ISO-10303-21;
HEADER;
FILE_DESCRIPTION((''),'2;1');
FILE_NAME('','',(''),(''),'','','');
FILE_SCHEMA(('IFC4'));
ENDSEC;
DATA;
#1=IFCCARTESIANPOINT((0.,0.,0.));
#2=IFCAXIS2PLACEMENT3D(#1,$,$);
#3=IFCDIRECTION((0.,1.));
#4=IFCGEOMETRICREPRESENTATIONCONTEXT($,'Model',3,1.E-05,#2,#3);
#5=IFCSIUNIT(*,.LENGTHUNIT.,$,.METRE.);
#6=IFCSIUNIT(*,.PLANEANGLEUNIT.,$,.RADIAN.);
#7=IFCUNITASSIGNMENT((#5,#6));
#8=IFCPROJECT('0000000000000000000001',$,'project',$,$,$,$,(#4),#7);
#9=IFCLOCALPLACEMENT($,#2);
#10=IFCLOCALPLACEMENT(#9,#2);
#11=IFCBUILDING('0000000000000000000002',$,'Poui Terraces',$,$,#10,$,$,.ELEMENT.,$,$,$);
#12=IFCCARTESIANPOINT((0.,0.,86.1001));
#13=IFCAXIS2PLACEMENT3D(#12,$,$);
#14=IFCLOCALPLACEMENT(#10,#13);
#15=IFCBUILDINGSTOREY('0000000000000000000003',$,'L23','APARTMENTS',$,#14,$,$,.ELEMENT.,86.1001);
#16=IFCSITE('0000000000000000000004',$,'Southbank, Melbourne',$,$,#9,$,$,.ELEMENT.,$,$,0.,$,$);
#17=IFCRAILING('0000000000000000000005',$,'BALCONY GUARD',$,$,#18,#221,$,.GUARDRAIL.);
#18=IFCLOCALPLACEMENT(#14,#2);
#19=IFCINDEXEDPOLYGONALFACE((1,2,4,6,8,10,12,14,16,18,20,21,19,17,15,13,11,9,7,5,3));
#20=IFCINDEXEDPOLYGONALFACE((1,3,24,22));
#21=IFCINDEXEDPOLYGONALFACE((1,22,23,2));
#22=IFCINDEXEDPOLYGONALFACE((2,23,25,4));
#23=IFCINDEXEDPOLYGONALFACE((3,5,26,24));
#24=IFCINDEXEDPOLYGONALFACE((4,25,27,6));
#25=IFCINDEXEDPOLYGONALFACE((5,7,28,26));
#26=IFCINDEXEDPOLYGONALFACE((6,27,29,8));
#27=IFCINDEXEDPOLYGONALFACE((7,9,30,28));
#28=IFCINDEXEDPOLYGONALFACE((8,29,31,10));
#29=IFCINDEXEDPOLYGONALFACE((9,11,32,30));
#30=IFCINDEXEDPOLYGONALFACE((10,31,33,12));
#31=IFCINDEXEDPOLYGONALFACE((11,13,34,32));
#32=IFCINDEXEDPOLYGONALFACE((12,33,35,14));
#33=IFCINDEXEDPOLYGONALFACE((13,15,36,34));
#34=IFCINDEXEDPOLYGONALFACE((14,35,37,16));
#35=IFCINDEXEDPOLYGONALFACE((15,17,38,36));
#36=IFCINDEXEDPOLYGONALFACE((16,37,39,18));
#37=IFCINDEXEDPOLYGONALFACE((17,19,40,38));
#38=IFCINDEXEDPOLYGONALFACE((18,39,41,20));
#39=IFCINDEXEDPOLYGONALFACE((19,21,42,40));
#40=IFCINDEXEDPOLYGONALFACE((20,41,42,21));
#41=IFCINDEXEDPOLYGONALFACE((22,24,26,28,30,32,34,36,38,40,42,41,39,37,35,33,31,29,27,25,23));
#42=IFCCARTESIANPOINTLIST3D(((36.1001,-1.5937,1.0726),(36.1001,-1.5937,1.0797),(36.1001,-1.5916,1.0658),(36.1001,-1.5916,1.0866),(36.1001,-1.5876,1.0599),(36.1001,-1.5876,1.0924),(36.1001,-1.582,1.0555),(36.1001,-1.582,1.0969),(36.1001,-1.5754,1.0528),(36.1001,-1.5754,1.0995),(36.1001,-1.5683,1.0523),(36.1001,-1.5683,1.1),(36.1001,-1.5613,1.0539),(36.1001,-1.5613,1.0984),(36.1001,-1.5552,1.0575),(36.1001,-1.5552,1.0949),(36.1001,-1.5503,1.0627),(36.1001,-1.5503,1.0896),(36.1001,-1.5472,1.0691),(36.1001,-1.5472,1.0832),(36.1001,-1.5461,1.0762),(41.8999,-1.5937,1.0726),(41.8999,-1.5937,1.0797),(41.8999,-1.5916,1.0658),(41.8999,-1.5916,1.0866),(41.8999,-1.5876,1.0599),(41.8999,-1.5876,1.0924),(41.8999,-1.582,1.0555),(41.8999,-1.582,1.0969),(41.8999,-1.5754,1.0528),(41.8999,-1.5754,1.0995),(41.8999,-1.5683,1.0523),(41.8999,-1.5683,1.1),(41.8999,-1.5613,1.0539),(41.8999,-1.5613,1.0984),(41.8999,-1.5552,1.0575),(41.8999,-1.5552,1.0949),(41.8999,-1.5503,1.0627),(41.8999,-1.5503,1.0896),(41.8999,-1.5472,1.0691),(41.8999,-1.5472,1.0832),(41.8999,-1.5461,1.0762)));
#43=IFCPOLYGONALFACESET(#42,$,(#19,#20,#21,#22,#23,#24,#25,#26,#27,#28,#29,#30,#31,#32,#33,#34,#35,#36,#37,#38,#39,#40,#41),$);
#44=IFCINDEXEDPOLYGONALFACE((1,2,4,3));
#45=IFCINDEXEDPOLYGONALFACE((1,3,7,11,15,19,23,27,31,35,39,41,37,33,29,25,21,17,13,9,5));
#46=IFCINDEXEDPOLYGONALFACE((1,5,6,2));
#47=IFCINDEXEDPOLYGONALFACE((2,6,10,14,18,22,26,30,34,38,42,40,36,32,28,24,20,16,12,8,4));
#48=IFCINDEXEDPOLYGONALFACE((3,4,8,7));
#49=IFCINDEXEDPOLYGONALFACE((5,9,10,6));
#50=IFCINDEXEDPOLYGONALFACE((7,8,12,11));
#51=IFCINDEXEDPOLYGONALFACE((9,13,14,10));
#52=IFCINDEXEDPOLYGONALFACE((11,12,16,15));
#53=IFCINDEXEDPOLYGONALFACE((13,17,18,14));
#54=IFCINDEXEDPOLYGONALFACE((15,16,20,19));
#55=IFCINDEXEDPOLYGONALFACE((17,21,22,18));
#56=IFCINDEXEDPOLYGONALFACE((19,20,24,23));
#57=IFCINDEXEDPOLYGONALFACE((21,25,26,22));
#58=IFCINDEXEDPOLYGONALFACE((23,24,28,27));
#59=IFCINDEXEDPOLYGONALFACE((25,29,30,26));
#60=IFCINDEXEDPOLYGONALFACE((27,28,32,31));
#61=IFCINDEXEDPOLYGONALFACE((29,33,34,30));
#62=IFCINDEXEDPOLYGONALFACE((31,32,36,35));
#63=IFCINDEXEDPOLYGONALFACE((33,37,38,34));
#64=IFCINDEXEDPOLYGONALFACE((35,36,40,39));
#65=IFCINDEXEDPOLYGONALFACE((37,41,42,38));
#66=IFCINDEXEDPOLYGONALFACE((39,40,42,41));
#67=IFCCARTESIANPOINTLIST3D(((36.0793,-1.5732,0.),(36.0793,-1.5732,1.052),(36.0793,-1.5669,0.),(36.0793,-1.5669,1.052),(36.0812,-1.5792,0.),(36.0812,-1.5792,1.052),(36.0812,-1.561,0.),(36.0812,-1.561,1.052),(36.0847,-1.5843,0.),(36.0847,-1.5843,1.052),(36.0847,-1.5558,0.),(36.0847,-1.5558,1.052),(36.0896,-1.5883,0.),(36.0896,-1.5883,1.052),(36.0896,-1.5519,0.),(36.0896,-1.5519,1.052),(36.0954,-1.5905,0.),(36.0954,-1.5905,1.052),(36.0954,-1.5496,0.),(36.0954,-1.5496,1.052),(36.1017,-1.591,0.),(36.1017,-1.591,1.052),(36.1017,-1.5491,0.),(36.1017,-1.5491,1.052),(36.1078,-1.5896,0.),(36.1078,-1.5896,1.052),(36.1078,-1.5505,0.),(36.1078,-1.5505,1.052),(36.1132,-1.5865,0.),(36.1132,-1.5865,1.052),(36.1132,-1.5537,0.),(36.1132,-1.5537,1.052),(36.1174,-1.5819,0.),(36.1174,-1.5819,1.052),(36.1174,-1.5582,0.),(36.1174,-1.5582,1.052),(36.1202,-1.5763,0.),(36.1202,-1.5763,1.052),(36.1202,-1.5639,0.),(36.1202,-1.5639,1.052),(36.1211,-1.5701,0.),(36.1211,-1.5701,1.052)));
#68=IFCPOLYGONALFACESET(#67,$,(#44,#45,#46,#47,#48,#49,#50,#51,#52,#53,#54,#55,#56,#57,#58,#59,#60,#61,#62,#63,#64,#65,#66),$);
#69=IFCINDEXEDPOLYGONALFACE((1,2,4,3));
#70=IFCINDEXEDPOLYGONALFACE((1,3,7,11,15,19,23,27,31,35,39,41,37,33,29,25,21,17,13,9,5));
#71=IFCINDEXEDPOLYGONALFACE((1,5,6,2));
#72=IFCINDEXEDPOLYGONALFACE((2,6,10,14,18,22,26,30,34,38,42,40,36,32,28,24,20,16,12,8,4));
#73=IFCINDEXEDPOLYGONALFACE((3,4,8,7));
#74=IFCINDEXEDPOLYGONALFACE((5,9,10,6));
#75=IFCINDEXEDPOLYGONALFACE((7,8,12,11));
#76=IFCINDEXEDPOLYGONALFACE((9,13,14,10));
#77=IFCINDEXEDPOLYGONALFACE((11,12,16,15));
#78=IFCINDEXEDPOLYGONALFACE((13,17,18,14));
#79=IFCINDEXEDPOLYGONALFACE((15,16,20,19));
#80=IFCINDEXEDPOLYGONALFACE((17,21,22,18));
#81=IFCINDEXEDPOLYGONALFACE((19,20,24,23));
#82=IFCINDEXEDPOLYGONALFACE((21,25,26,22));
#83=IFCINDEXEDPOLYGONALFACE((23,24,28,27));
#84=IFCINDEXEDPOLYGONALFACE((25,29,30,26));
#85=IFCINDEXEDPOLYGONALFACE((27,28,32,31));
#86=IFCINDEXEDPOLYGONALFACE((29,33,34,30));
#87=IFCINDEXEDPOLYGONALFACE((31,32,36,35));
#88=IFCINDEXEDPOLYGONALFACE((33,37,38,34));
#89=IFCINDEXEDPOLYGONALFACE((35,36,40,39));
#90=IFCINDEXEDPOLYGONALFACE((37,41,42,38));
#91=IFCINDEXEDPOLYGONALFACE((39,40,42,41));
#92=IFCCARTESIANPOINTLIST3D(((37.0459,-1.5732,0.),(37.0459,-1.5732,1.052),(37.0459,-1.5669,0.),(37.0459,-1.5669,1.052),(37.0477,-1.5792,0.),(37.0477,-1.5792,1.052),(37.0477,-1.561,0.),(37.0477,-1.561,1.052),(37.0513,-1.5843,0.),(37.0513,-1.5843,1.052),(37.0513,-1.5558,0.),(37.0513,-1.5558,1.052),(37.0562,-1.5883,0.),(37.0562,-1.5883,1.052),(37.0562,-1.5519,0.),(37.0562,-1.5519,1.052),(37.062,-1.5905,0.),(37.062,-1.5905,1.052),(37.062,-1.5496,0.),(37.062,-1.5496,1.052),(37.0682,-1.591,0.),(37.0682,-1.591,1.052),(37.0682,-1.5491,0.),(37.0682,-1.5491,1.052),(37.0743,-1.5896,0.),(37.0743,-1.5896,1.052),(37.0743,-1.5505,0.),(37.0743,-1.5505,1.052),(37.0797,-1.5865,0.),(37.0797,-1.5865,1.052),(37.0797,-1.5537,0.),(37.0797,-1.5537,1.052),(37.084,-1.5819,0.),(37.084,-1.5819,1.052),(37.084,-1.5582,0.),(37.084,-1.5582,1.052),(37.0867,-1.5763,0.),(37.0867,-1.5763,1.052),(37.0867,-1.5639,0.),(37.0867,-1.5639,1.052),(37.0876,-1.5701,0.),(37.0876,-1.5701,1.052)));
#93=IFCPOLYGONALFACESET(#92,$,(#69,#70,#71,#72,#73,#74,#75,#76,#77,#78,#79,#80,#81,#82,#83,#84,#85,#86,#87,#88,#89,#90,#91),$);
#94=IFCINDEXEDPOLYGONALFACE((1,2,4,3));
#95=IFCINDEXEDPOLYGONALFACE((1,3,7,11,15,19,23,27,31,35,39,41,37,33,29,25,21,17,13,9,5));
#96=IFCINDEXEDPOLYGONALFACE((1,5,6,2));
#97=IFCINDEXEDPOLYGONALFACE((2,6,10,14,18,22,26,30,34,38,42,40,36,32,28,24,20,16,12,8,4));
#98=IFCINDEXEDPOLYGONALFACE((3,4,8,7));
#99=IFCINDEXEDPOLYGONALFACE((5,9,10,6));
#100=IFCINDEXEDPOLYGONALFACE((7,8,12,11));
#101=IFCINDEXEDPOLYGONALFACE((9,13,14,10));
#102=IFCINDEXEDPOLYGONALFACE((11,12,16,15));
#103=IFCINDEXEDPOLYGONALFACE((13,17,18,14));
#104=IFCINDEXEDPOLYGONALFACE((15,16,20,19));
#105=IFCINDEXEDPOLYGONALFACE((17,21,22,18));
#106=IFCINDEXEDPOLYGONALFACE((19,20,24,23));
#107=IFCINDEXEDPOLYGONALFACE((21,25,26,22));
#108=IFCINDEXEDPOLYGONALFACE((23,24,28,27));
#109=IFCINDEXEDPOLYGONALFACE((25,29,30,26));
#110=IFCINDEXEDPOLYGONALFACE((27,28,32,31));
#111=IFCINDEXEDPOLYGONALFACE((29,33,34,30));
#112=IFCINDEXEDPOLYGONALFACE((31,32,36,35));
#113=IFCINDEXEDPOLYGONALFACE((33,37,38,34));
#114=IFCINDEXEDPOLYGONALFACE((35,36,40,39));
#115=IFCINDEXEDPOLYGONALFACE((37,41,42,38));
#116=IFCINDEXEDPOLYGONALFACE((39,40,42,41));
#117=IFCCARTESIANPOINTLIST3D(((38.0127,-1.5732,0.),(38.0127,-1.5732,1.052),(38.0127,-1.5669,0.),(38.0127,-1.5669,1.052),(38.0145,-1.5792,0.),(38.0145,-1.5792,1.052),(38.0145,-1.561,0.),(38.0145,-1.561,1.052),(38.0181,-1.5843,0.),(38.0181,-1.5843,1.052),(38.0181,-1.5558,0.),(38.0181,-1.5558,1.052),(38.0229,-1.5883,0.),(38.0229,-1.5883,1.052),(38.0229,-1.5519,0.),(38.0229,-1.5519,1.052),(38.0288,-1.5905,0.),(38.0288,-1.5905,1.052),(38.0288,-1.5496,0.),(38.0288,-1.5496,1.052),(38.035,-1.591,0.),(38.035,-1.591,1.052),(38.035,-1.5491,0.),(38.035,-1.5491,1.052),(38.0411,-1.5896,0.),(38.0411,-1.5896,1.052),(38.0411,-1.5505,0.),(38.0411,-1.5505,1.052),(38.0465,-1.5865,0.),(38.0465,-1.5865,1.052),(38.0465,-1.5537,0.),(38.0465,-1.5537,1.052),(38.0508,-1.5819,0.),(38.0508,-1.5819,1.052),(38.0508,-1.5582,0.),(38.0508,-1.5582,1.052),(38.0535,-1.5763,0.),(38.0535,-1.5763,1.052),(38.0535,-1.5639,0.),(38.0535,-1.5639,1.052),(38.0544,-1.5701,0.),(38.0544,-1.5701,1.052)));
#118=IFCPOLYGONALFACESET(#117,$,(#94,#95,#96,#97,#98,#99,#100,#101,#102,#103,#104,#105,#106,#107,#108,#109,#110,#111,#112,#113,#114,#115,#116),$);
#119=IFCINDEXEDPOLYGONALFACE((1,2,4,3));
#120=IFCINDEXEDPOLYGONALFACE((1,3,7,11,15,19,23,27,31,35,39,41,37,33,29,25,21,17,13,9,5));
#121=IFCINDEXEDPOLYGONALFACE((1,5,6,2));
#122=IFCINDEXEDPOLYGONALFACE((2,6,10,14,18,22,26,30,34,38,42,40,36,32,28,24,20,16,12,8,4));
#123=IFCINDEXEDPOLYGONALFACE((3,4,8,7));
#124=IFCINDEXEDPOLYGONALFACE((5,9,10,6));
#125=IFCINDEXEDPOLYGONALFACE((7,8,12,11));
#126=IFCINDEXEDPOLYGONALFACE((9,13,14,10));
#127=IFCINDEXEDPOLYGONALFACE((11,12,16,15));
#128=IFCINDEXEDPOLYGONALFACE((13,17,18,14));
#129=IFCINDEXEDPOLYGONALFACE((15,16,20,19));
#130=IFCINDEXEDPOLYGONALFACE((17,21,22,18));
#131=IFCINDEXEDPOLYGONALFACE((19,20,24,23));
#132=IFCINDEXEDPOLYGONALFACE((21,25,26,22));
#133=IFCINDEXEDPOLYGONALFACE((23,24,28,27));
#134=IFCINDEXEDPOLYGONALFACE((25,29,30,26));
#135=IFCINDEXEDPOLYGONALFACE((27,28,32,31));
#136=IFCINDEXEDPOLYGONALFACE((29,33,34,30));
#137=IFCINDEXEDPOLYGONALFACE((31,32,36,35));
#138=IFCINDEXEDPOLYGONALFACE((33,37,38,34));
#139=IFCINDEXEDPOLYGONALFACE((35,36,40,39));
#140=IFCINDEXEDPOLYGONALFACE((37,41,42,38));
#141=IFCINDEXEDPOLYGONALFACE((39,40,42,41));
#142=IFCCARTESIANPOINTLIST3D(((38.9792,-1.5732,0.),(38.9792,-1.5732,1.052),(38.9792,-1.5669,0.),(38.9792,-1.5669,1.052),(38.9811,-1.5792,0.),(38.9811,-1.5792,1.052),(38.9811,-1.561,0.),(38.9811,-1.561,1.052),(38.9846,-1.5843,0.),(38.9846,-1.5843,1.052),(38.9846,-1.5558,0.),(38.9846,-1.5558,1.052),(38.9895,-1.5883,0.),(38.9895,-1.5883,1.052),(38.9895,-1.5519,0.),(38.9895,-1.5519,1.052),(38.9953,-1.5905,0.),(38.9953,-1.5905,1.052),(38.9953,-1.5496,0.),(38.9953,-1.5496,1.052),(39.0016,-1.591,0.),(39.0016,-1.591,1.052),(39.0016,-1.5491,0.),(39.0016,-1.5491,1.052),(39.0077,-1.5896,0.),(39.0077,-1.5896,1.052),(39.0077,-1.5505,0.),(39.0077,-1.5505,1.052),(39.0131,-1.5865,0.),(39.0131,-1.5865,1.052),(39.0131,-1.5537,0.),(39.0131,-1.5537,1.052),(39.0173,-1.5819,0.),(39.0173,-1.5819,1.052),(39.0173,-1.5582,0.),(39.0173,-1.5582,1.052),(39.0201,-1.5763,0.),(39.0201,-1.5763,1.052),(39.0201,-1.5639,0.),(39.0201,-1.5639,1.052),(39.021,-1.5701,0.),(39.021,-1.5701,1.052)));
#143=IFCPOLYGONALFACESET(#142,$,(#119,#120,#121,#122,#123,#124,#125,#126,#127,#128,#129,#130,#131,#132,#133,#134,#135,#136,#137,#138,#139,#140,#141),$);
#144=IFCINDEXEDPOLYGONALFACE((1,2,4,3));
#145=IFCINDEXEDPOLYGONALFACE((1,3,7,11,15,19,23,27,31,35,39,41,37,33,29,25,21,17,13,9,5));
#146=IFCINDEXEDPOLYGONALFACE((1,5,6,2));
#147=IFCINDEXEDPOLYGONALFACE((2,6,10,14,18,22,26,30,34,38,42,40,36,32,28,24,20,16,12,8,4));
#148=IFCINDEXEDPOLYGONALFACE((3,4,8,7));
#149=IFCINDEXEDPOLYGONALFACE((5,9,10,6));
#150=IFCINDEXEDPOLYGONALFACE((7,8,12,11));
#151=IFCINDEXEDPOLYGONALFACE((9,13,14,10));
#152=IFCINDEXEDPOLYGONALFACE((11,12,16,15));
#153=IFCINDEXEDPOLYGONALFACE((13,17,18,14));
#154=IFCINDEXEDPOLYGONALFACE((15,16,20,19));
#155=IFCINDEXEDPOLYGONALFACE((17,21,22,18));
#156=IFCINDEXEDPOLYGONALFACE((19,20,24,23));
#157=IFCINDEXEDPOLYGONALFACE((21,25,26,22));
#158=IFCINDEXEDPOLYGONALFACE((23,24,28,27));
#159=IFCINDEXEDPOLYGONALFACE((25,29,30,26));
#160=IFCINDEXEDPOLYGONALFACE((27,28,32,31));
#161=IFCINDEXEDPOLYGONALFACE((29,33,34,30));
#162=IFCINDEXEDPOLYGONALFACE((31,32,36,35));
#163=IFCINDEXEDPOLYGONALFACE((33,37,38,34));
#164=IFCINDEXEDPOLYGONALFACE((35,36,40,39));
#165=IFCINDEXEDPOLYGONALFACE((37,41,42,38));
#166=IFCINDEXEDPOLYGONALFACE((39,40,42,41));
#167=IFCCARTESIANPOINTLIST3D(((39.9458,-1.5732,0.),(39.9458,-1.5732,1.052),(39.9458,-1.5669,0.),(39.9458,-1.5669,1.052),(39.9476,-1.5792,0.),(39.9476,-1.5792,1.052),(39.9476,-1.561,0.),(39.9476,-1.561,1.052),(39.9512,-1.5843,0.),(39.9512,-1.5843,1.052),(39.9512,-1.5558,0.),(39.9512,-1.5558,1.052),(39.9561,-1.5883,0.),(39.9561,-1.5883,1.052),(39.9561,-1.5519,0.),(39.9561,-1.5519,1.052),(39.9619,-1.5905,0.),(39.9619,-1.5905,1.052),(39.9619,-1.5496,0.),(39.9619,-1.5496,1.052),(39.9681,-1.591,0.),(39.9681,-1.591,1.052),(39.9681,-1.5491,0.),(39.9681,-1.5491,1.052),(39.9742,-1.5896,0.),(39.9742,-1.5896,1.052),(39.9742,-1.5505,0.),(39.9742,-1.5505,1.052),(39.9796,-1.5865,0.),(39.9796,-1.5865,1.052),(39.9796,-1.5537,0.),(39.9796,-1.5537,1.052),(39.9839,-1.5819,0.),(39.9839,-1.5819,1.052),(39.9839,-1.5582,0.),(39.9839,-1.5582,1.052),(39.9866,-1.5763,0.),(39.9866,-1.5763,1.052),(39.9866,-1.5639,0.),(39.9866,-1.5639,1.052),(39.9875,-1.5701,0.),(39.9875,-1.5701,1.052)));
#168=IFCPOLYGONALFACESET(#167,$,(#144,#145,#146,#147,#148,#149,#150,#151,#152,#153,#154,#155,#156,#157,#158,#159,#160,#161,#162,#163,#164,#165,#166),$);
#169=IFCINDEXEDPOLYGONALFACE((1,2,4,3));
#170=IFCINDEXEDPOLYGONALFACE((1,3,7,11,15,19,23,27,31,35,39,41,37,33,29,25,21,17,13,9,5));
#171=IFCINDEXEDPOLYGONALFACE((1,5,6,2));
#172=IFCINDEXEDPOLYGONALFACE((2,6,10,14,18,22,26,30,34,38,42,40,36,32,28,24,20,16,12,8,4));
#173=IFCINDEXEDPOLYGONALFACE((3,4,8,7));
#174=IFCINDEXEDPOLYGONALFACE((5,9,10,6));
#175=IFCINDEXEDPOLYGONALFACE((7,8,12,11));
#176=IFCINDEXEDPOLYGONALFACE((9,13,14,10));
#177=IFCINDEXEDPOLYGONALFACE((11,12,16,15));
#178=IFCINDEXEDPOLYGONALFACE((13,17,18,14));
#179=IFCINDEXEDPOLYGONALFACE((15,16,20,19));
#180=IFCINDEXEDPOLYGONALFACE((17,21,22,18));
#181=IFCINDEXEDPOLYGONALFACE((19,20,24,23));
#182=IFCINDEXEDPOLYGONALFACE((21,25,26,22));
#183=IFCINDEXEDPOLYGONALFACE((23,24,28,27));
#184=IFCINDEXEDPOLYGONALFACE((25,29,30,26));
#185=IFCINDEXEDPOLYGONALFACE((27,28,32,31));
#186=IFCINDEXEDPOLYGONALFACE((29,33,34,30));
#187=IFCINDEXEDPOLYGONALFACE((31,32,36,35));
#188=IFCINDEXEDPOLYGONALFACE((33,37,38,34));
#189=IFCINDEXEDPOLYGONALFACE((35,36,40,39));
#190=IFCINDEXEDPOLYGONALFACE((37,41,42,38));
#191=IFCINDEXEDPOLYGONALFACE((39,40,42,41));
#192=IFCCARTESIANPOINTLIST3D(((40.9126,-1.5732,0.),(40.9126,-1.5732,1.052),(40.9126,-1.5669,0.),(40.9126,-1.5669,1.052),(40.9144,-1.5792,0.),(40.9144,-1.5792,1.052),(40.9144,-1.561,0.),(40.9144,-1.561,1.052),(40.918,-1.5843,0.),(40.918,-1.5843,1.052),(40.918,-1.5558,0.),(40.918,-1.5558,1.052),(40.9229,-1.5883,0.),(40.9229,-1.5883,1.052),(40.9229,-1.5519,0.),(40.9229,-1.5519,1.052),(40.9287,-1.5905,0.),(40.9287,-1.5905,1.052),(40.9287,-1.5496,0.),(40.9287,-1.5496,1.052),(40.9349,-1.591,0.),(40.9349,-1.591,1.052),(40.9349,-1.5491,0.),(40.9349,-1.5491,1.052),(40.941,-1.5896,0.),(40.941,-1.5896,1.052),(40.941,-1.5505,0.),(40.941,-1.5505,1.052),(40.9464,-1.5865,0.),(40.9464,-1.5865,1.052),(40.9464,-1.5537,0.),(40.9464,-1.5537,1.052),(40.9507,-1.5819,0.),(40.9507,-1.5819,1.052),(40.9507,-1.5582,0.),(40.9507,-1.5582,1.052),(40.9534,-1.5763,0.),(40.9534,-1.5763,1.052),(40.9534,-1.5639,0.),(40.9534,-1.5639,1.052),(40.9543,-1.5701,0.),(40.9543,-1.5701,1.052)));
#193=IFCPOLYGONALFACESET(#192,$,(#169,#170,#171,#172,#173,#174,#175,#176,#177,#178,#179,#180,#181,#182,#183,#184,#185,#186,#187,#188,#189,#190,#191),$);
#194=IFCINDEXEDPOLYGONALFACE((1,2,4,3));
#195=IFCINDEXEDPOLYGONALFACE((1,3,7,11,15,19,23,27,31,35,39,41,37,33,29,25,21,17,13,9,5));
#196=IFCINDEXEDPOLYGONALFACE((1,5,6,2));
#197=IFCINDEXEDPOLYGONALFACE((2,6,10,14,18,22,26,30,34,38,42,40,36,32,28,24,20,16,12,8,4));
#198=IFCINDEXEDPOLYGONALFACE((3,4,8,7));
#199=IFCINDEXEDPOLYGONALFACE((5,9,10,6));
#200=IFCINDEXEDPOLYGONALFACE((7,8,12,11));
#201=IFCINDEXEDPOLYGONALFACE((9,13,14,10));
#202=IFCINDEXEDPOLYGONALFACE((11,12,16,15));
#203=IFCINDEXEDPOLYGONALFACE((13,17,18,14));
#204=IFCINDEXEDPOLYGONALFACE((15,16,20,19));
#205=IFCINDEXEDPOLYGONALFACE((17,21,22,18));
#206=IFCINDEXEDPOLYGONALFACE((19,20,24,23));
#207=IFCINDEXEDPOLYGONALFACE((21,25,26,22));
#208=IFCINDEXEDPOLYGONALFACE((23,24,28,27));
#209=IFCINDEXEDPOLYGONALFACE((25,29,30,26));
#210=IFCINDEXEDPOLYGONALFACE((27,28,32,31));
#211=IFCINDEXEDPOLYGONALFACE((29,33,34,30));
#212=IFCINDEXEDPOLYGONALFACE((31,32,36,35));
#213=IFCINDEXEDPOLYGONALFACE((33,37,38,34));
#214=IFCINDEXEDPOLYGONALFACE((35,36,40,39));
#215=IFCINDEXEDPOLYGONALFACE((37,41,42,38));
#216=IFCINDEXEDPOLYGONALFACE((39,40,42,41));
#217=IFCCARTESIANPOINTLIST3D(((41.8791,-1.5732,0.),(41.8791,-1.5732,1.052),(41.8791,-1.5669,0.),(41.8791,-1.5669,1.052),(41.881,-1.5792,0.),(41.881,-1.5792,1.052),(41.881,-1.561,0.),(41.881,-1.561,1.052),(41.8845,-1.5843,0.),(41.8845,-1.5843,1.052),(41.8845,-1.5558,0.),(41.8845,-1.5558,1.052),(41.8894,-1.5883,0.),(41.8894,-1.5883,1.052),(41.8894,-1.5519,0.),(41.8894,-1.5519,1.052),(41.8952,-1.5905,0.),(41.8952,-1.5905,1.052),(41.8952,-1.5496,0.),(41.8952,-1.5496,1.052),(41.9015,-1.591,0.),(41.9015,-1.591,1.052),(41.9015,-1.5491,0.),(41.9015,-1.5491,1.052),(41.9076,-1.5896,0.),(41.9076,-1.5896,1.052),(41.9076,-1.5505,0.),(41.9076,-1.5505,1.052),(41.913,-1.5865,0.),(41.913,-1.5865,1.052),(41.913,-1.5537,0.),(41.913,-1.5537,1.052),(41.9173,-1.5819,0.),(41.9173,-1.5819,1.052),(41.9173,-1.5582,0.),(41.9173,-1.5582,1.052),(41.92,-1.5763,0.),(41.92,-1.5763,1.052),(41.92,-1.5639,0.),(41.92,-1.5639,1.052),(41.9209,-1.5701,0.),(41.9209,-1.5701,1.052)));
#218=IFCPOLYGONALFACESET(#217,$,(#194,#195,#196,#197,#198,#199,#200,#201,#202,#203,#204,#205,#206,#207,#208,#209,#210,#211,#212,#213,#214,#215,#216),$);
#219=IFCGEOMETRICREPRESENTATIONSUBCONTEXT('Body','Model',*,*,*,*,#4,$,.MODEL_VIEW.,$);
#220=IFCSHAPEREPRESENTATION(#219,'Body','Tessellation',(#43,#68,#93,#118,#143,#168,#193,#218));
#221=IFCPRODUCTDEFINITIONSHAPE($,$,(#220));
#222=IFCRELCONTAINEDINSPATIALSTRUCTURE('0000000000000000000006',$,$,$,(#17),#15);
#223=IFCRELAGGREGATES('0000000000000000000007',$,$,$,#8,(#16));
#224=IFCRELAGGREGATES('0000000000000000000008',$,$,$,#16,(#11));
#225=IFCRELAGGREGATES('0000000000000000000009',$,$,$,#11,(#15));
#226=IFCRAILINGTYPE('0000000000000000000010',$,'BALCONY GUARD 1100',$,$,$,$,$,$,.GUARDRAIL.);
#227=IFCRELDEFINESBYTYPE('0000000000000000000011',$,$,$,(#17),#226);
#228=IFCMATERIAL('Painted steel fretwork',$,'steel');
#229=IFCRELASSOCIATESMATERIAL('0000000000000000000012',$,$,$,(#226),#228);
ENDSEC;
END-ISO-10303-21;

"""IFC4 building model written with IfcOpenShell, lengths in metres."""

from ifc_helpers import new_model, si_unit, direction, frame, origin, origin_2d, place, context, subcontext, project, spatial, circle, extrude, material, type_object, element, save


model = new_model("IFC4")

# Units and contexts
model_context = context("Model", 3, precision=1e-05, world=origin(), true_north=direction((0.0, 1.0)))
body_context = subcontext(model_context, "Body", "Model", "MODEL_VIEW")
ifc_project = project(units=[si_unit("LENGTHUNIT", "METRE"), si_unit("PLANEANGLEUNIT", "RADIAN")], contexts=[model_context])

# Site, building, storey
site_placement = place(None, origin())
site = spatial("IfcSite", under=ifc_project, at=site_placement, Name="Southbank, Melbourne", CompositionType="ELEMENT", RefElevation=0.0)
building_placement = place(site_placement, origin())
building = spatial("IfcBuilding", under=site, at=building_placement, Name="Poui Terraces", CompositionType="ELEMENT")
storey_placement = place(building_placement, frame((0.0, 0.0, 86.1001)))
storey = spatial("IfcBuildingStorey", under=building, at=storey_placement, Name="L23", Description="APARTMENTS", CompositionType="ELEMENT", Elevation=86.1001)

# Railing
ifc_material_1 = material(Name="Painted steel fretwork", Category="steel")
railing_type = type_object("IfcRailingType", Name="BALCONY GUARD 1100", PredefinedType="GUARDRAIL", material=ifc_material_1)
railing_placement = place(storey_placement, frame((36.1001, -1.5701, 0.0)))
element("IfcRailing", 1, at=railing_placement, inside=storey, type_object=railing_type, Name="BALCONY GUARD", PredefinedType="GUARDRAIL", context=body_context, shape_type="SweptSolid", body=[
    extrude(circle(Radius=0.0239, at=origin_2d()), frame((0.0, 0.0, 1.0762), z_axis=(1.0, 0.0, 0.0), x_axis=(0.0, 1.0, 0.0)), (0.0, 0.0, 1.0), 5.7998),
    extrude(circle(Radius=0.021, at=origin_2d()), origin(), (0.0, 0.0, 1.0), 1.052),
    extrude(circle(Radius=0.021, at=origin_2d()), frame((0.9666, 0.0, 0.0)), (0.0, 0.0, 1.0), 1.052),
    extrude(circle(Radius=0.021, at=origin_2d()), frame((1.9333, 0.0, 0.0)), (0.0, 0.0, 1.0), 1.052),
    extrude(circle(Radius=0.021, at=origin_2d()), frame((2.8999, 0.0, 0.0)), (0.0, 0.0, 1.0), 1.052),
    extrude(circle(Radius=0.021, at=origin_2d()), frame((3.8665, 0.0, 0.0)), (0.0, 0.0, 1.0), 1.052),
    extrude(circle(Radius=0.021, at=origin_2d()), frame((4.8333, 0.0, 0.0)), (0.0, 0.0, 1.0), 1.052),
    extrude(circle(Radius=0.021, at=origin_2d()), frame((5.7998, 0.0, 0.0)), (0.0, 0.0, 1.0), 1.052),
])

save(model, "model.ifc")
